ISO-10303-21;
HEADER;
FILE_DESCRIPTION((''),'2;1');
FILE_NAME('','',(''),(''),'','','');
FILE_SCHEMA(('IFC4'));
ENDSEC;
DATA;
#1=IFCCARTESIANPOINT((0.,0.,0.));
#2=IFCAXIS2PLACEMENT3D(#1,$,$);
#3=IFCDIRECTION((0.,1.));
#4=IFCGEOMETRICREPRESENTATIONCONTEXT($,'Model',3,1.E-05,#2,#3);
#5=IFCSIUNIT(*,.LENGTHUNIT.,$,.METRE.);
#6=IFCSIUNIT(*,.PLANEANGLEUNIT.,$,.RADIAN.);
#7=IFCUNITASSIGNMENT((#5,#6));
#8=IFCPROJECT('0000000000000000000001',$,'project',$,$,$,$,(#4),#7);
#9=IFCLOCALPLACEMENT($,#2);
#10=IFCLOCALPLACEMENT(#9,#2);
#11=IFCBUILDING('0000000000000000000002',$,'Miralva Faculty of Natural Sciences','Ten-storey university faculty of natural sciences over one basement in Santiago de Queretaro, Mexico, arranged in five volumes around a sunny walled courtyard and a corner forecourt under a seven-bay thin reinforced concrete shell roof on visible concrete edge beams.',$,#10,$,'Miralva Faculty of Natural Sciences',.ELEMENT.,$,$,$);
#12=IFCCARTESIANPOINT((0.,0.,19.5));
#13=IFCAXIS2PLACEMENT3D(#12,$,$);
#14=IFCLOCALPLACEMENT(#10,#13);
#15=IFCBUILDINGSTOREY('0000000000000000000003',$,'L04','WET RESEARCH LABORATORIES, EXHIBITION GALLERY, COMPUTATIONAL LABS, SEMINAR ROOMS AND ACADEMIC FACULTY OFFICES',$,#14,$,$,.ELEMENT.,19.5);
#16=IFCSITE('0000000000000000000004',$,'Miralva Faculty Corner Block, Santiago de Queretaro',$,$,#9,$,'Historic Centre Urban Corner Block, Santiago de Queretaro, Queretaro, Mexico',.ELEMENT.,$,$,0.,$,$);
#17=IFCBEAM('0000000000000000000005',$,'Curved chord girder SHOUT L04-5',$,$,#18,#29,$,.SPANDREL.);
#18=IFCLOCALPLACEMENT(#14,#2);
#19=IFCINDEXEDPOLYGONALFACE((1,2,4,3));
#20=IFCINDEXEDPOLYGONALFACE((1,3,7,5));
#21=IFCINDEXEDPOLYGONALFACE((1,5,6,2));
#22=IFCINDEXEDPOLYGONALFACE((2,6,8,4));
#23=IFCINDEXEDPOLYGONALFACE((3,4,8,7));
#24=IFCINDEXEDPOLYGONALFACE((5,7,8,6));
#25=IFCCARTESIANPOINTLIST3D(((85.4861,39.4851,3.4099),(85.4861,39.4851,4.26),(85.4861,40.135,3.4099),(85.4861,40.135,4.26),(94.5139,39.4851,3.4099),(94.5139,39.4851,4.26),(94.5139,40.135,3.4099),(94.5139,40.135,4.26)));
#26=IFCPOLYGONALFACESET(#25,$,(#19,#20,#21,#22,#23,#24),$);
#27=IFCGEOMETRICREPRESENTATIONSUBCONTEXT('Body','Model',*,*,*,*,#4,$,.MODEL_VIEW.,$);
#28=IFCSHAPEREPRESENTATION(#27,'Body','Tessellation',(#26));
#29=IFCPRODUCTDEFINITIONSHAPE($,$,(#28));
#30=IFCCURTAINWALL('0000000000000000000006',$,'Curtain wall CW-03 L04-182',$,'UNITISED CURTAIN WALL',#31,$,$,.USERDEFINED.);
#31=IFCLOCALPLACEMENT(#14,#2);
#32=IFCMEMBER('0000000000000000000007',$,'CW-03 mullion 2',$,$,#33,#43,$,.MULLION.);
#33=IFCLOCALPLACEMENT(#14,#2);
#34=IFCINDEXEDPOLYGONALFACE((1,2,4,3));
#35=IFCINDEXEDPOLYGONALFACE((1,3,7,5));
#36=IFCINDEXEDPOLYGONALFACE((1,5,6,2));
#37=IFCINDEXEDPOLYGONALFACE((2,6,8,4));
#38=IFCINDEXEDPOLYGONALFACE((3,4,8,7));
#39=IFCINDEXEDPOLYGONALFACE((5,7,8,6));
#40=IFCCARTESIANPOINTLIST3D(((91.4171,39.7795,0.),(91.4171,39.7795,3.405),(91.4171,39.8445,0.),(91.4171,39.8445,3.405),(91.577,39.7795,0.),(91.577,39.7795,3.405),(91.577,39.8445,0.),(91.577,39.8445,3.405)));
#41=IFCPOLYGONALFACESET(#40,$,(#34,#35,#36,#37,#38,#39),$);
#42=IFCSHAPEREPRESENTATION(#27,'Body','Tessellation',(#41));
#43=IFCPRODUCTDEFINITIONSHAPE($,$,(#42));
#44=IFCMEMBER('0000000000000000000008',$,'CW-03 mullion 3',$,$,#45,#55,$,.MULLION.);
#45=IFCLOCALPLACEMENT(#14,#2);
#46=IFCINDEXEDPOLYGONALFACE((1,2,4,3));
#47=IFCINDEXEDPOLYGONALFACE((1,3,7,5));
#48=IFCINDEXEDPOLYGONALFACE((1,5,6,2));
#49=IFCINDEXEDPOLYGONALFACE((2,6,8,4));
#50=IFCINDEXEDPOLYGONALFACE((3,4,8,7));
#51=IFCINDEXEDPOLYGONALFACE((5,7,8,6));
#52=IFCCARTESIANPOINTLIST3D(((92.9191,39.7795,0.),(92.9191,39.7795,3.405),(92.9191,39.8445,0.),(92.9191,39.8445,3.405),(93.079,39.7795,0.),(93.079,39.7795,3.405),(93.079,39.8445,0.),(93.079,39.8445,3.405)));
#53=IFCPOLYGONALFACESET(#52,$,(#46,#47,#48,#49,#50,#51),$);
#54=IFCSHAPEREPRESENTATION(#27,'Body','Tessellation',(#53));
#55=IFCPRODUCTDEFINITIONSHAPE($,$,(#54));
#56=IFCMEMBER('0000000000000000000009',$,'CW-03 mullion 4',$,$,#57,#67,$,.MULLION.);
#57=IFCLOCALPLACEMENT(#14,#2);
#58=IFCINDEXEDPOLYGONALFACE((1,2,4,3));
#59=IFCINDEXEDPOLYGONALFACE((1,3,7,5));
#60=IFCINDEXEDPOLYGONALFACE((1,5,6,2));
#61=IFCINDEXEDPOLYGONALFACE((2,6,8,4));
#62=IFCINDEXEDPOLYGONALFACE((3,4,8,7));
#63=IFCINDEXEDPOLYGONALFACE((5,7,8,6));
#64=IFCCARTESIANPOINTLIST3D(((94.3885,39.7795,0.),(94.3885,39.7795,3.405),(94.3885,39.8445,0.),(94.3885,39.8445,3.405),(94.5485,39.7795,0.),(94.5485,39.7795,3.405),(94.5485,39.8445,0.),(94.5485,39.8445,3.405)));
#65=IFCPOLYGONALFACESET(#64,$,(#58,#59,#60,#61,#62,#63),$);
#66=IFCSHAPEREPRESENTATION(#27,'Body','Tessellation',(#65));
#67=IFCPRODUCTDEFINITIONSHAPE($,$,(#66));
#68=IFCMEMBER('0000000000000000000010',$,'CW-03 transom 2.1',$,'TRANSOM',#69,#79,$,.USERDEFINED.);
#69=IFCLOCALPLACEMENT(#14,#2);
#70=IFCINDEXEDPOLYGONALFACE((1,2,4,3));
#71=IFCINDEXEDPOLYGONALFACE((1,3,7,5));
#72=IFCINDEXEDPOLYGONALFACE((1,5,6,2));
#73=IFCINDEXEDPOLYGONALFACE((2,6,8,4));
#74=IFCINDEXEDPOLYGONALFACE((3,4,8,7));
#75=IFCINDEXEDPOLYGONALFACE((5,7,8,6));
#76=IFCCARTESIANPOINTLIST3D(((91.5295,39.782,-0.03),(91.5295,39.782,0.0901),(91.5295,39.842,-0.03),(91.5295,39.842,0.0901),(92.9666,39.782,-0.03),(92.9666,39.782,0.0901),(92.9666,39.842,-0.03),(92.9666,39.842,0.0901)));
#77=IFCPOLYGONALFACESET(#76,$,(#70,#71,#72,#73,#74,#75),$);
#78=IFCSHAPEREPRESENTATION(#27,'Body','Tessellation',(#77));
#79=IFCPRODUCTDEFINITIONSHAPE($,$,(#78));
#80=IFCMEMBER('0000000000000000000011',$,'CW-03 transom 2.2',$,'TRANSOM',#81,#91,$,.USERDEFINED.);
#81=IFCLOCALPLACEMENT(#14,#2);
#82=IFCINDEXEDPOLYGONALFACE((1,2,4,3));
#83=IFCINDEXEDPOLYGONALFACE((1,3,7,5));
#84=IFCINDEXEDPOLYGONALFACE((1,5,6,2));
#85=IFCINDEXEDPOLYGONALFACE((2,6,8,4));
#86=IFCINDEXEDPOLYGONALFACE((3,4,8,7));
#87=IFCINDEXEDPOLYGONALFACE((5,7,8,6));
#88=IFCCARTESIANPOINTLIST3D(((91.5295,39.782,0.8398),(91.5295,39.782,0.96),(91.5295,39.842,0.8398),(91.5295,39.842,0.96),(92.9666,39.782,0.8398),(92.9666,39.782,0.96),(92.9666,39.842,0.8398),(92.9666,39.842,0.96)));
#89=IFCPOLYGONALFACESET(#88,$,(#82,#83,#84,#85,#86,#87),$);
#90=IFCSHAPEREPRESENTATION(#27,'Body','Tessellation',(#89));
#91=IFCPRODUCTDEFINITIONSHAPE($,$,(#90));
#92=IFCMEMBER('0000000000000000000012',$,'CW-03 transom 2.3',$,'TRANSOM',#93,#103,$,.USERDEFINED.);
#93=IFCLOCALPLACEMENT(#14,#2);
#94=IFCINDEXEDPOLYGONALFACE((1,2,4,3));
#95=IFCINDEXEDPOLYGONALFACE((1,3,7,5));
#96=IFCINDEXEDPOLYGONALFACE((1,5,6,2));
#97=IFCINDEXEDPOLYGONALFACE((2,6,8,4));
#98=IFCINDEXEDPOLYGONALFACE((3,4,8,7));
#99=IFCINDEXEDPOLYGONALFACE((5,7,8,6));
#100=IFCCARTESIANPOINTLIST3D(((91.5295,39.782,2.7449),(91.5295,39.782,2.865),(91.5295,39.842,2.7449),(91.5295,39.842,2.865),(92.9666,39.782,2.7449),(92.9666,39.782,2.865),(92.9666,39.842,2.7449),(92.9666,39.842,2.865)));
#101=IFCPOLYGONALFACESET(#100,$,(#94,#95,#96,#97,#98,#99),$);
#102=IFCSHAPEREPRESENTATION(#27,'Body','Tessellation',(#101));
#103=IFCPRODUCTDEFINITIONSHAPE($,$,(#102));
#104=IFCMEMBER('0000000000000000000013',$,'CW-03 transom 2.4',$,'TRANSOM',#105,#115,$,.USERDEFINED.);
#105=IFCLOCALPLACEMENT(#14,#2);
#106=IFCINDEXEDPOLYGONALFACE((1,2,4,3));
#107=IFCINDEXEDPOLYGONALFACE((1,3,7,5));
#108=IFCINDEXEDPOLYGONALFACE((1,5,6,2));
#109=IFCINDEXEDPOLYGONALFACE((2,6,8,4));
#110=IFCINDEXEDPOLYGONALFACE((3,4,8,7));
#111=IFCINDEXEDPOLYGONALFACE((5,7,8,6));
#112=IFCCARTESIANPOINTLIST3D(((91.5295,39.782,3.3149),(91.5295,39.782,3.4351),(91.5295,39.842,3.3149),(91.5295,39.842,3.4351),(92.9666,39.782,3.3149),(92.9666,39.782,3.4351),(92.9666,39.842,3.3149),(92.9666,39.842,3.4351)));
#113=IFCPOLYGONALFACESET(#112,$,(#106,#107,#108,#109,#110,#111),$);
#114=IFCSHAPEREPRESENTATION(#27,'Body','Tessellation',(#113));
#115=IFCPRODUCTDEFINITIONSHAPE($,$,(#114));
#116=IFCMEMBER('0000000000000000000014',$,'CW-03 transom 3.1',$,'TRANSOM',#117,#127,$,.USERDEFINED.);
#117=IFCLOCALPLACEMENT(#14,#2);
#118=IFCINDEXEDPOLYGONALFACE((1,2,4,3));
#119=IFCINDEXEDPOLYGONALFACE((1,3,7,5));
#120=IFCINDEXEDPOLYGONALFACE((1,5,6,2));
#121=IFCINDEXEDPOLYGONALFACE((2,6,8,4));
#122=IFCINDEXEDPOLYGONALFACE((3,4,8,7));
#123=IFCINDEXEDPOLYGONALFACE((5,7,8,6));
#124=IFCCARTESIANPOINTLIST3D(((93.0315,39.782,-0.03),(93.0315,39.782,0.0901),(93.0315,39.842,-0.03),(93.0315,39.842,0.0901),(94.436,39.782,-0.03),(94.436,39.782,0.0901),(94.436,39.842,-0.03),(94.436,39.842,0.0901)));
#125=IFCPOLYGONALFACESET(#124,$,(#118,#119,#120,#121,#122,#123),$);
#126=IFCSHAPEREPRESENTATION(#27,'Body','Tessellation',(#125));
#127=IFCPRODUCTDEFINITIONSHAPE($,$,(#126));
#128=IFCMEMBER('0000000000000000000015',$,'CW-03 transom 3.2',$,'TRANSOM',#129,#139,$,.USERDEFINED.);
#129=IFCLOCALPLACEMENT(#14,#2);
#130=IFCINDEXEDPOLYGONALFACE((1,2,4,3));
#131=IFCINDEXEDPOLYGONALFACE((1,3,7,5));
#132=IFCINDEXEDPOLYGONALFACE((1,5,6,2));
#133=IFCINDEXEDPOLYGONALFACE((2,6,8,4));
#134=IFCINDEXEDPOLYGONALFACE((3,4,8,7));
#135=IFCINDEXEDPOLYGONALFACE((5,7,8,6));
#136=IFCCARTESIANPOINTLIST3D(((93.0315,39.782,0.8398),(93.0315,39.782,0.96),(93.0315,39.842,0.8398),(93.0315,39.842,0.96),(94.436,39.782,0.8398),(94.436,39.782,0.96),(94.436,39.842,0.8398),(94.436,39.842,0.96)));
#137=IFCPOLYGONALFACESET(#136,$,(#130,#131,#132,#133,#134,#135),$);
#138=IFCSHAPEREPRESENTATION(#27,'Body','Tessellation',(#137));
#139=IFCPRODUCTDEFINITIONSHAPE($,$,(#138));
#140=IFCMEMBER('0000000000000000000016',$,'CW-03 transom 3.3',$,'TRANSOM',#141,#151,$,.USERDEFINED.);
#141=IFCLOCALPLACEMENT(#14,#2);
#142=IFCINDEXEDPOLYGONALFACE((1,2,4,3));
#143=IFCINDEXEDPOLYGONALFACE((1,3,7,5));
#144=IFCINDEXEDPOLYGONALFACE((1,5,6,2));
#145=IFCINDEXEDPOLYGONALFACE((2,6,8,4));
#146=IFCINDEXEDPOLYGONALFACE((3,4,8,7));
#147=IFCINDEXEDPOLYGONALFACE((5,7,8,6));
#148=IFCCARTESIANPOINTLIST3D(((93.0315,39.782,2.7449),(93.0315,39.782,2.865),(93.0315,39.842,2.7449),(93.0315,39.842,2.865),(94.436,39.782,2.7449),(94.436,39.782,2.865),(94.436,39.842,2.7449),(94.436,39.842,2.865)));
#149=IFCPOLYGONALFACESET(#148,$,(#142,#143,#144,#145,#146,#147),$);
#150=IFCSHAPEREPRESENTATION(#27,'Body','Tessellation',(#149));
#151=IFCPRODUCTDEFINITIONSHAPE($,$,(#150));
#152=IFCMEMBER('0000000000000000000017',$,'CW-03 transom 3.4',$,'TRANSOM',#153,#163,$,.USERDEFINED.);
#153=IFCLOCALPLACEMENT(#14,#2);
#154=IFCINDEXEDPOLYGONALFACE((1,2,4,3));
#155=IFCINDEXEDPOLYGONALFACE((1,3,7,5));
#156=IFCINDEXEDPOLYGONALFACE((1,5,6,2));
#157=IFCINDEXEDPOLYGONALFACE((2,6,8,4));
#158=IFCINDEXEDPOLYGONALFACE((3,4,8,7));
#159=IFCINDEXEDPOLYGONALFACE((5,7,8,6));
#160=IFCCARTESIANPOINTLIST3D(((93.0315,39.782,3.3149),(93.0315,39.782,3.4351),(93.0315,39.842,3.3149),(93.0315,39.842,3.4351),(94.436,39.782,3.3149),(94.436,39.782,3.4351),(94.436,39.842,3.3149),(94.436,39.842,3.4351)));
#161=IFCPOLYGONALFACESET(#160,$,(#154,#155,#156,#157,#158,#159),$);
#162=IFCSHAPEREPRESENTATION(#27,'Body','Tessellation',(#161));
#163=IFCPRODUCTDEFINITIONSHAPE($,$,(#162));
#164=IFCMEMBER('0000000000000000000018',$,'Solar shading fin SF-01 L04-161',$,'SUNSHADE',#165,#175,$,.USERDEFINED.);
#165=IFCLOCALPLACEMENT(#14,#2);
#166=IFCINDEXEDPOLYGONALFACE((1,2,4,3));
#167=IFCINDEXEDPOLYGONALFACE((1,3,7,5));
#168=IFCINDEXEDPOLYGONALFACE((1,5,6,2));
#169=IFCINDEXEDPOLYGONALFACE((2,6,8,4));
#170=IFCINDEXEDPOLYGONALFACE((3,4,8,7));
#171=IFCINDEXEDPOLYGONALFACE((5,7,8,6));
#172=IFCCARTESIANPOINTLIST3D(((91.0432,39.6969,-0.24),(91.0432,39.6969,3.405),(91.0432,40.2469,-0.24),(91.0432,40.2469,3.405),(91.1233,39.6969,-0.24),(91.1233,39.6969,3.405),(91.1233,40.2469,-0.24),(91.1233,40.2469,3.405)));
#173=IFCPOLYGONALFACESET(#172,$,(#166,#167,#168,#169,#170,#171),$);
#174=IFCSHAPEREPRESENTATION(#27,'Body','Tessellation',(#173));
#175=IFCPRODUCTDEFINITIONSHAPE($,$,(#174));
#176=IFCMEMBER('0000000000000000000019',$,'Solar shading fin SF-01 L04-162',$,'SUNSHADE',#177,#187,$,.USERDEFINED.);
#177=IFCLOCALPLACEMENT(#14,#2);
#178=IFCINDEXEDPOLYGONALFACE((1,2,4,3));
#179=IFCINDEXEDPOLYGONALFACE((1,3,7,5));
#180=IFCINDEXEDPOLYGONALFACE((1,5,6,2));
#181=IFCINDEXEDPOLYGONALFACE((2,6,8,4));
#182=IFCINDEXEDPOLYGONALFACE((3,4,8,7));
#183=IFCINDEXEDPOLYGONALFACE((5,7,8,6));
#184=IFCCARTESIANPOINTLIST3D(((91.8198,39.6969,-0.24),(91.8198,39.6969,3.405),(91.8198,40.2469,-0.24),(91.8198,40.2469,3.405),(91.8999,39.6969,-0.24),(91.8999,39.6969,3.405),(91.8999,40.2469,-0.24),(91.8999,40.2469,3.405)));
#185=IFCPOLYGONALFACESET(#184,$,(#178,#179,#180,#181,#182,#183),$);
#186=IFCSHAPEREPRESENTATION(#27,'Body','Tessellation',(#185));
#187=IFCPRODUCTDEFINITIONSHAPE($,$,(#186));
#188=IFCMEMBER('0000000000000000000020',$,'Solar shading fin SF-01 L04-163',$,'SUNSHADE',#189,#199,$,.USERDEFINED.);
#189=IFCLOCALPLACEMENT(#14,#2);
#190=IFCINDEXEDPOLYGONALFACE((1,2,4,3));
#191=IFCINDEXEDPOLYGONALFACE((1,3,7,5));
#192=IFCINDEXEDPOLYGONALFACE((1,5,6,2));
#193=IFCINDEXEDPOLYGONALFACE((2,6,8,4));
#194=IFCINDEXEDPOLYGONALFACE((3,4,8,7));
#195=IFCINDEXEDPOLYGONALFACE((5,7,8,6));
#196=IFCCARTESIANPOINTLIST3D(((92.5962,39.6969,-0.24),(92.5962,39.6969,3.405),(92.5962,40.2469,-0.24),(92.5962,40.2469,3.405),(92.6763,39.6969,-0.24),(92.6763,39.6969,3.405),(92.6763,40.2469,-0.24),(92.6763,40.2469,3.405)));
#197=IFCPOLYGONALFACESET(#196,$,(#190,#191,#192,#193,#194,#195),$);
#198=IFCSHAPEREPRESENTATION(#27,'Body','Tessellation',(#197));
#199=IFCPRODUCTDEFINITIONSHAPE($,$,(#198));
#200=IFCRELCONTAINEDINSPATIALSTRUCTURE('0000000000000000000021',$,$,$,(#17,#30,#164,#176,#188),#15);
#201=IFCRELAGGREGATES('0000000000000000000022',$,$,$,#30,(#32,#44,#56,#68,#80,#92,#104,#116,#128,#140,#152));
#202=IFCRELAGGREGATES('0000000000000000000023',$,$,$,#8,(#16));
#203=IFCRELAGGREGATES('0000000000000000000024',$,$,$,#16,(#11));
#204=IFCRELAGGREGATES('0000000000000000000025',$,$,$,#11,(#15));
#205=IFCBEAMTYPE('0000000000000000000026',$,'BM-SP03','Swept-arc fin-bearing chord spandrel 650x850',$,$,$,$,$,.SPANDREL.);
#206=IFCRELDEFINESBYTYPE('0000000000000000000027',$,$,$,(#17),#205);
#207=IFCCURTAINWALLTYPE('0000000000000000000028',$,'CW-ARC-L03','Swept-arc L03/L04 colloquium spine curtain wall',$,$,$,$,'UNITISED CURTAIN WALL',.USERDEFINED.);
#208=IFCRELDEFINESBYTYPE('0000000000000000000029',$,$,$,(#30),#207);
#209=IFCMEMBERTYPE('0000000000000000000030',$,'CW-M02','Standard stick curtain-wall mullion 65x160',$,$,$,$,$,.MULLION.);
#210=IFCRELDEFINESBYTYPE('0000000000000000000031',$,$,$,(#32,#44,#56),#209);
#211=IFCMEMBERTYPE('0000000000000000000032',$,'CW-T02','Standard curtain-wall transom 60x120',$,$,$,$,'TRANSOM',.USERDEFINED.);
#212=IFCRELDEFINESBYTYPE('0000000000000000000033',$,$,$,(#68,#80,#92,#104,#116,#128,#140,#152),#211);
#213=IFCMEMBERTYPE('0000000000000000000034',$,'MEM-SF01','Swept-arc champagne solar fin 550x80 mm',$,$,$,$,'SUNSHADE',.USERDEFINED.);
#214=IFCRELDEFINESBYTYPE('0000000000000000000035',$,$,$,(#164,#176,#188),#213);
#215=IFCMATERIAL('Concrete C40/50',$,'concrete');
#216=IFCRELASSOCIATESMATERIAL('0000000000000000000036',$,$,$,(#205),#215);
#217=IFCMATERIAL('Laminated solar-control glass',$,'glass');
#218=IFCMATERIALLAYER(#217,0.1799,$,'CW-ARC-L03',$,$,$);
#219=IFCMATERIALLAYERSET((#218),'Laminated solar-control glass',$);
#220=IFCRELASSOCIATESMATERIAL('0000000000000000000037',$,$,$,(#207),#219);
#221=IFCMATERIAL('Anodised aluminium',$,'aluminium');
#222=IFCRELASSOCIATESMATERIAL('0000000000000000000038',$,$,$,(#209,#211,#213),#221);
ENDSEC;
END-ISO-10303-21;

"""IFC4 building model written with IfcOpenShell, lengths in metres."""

from ifc_helpers import new_model, si_unit, direction, frame, origin, origin_2d, place, context, subcontext, project, spatial, rectangle, extrude, material, layer, layer_set, material_profile, profile_set, type_object, element, aggregate, save


model = new_model("IFC4")

# Units and contexts
model_context = context("Model", 3, precision=1e-05, world=origin(), true_north=direction((0.0, 1.0)))
body_context = subcontext(model_context, "Body", "Model", "MODEL_VIEW")
ifc_project = project(units=[si_unit("LENGTHUNIT", "METRE"), si_unit("PLANEANGLEUNIT", "RADIAN")], contexts=[model_context])

# Site, building, storey
site_placement = place(None, origin())
site = spatial("IfcSite", under=ifc_project, at=site_placement, Name="Miralva Faculty Corner Block, Santiago de Queretaro", LongName="Historic Centre Urban Corner Block, Santiago de Queretaro, Queretaro, Mexico", CompositionType="ELEMENT", RefElevation=0.0)
building_placement = place(site_placement, origin())
building = spatial("IfcBuilding", under=site, at=building_placement, Name="Miralva Faculty of Natural Sciences", Description="Ten-storey university faculty of natural sciences over one basement in Santiago de Queretaro, Mexico, arranged in five volumes around a sunny walled courtyard and a corner forecourt under a seven-bay thin reinforced concrete shell roof on visible concrete edge beams.", LongName="Miralva Faculty of Natural Sciences", CompositionType="ELEMENT")
storey_placement = place(building_placement, frame((0.0, 0.0, 19.5)))
storey = spatial("IfcBuildingStorey", under=building, at=storey_placement, Name="L04", Description="WET RESEARCH LABORATORIES, EXHIBITION GALLERY, COMPUTATIONAL LABS, SEMINAR ROOMS AND ACADEMIC FACULTY OFFICES", CompositionType="ELEMENT", Elevation=19.5)

# Beam
ifc_material_1 = material(Name="Concrete C40/50", Category="concrete")
ifc_material_profile_1 = material_profile(ifc_material_1, rectangle(XDim=0.6499, YDim=0.8501, at=origin_2d()), Name="RC 650x850")
ifc_profile_set_1 = profile_set([ifc_material_profile_1], Name="Concrete C40/50")
beam_type = type_object("IfcBeamType", Name="BM-SP03", Description="Swept-arc fin-bearing chord spandrel 650x850", PredefinedType="SPANDREL", material=ifc_profile_set_1)
beam_placement = place(storey_placement, frame((94.5139, 39.8101, 3.835), z_axis=(-1.0, 0.0, 0.0), x_axis=(0.0, -1.0, 0.0)))
element("IfcBeam", 1, at=beam_placement, inside=storey, type_object=beam_type, Name="Curved chord girder SHOUT L04-5", PredefinedType="SPANDREL", context=body_context, shape_type="SweptSolid", body=[
    extrude(rectangle(XDim=0.6499, YDim=0.8501, at=origin_2d()), origin(), (0.0, 0.0, 1.0), 9.0278),
])

# Curtain wall, members
ifc_material_2 = material(Name="Laminated solar-control glass", Category="glass")
ifc_layer_1 = layer(ifc_material_2, 0.1799, Name="CW-ARC-L03")
ifc_layer_set_1 = layer_set([ifc_layer_1], Name="Laminated solar-control glass")
curtain_wall_type = type_object("IfcCurtainWallType", Name="CW-ARC-L03", Description="Swept-arc L03/L04 colloquium spine curtain wall", ElementType="UNITISED CURTAIN WALL", PredefinedType="USERDEFINED", material=ifc_layer_set_1)
curtain_wall_placement = place(storey_placement, origin())
curtain_wall = element("IfcCurtainWall", 2, at=curtain_wall_placement, inside=storey, type_object=curtain_wall_type, Name="Curtain wall CW-03 L04-182", ObjectType="UNITISED CURTAIN WALL", PredefinedType="USERDEFINED")
ifc_material_3 = material(Name="Anodised aluminium", Category="aluminium")
ifc_material_profile_2 = material_profile(ifc_material_3, rectangle(XDim=0.0649, YDim=0.1599, at=origin_2d()), Name="MULLION 65x160")
ifc_profile_set_2 = profile_set([ifc_material_profile_2], Name="Anodised aluminium")
member_type_1 = type_object("IfcMemberType", Name="CW-M02", Description="Standard stick curtain-wall mullion 65x160", PredefinedType="MULLION", material=ifc_profile_set_2)
member_1_placement = place(storey_placement, frame((91.4971, 39.812, 0.0), z_axis=(0.0, 0.0, 1.0), x_axis=(0.0, 1.0, 0.0)))
member_1 = element("IfcMember", 3, at=member_1_placement, type_object=member_type_1, Name="CW-03 mullion 2", PredefinedType="MULLION", context=body_context, shape_type="SweptSolid", body=[
    extrude(rectangle(XDim=0.0649, YDim=0.1599, at=origin_2d()), origin(), (0.0, 0.0, 1.0), 3.405),
])
member_2_placement = place(storey_placement, frame((92.999, 39.812, 0.0), z_axis=(0.0, 0.0, 1.0), x_axis=(0.0, 1.0, 0.0)))
member_2 = element("IfcMember", 4, at=member_2_placement, type_object=member_type_1, Name="CW-03 mullion 3", PredefinedType="MULLION", context=body_context, shape_type="SweptSolid", body=[
    extrude(rectangle(XDim=0.0649, YDim=0.1599, at=origin_2d()), origin(), (0.0, 0.0, 1.0), 3.405),
])
member_3_placement = place(storey_placement, frame((94.4685, 39.812, 0.0), z_axis=(0.0, 0.0, 1.0), x_axis=(0.0, 1.0, 0.0)))
member_3 = element("IfcMember", 5, at=member_3_placement, type_object=member_type_1, Name="CW-03 mullion 4", PredefinedType="MULLION", context=body_context, shape_type="SweptSolid", body=[
    extrude(rectangle(XDim=0.0649, YDim=0.1599, at=origin_2d()), origin(), (0.0, 0.0, 1.0), 3.405),
])
ifc_material_profile_3 = material_profile(ifc_material_3, rectangle(XDim=0.0601, YDim=0.1201, at=origin_2d()), Name="TRANSOM 60x120")
ifc_profile_set_3 = profile_set([ifc_material_profile_3], Name="Anodised aluminium")
member_type_2 = type_object("IfcMemberType", Name="CW-T02", Description="Standard curtain-wall transom 60x120", ElementType="TRANSOM", PredefinedType="USERDEFINED", material=ifc_profile_set_3)
member_4_placement = place(storey_placement, frame((91.5295, 39.812, 0.03), z_axis=(1.0, 0.0, 0.0), x_axis=(0.0, 1.0, 0.0)))
member_4 = element("IfcMember", 6, at=member_4_placement, type_object=member_type_2, Name="CW-03 transom 2.1", ObjectType="TRANSOM", PredefinedType="USERDEFINED", context=body_context, shape_type="SweptSolid", body=[
    extrude(rectangle(XDim=0.0601, YDim=0.1201, at=origin_2d()), origin(), (0.0, 0.0, 1.0), 1.437),
])
member_5_placement = place(storey_placement, frame((91.5295, 39.812, 0.8999), z_axis=(1.0, 0.0, 0.0), x_axis=(0.0, 1.0, 0.0)))
member_5 = element("IfcMember", 7, at=member_5_placement, type_object=member_type_2, Name="CW-03 transom 2.2", ObjectType="TRANSOM", PredefinedType="USERDEFINED", context=body_context, shape_type="SweptSolid", body=[
    extrude(rectangle(XDim=0.0601, YDim=0.1201, at=origin_2d()), origin(), (0.0, 0.0, 1.0), 1.437),
])
member_6_placement = place(storey_placement, frame((91.5295, 39.812, 2.8049), z_axis=(1.0, 0.0, 0.0), x_axis=(0.0, 1.0, 0.0)))
member_6 = element("IfcMember", 8, at=member_6_placement, type_object=member_type_2, Name="CW-03 transom 2.3", ObjectType="TRANSOM", PredefinedType="USERDEFINED", context=body_context, shape_type="SweptSolid", body=[
    extrude(rectangle(XDim=0.0601, YDim=0.1201, at=origin_2d()), origin(), (0.0, 0.0, 1.0), 1.437),
])
member_7_placement = place(storey_placement, frame((91.5295, 39.812, 3.375), z_axis=(1.0, 0.0, 0.0), x_axis=(0.0, 1.0, 0.0)))
member_7 = element("IfcMember", 9, at=member_7_placement, type_object=member_type_2, Name="CW-03 transom 2.4", ObjectType="TRANSOM", PredefinedType="USERDEFINED", context=body_context, shape_type="SweptSolid", body=[
    extrude(rectangle(XDim=0.0601, YDim=0.1201, at=origin_2d()), origin(), (0.0, 0.0, 1.0), 1.437),
])
member_8_placement = place(storey_placement, frame((93.0315, 39.812, 0.03), z_axis=(1.0, 0.0, 0.0), x_axis=(0.0, 1.0, 0.0)))
member_8 = element("IfcMember", 10, at=member_8_placement, type_object=member_type_2, Name="CW-03 transom 3.1", ObjectType="TRANSOM", PredefinedType="USERDEFINED", context=body_context, shape_type="SweptSolid", body=[
    extrude(rectangle(XDim=0.0601, YDim=0.1201, at=origin_2d()), origin(), (0.0, 0.0, 1.0), 1.4045),
])
member_9_placement = place(storey_placement, frame((93.0315, 39.812, 0.8999), z_axis=(1.0, 0.0, 0.0), x_axis=(0.0, 1.0, 0.0)))
member_9 = element("IfcMember", 11, at=member_9_placement, type_object=member_type_2, Name="CW-03 transom 3.2", ObjectType="TRANSOM", PredefinedType="USERDEFINED", context=body_context, shape_type="SweptSolid", body=[
    extrude(rectangle(XDim=0.0601, YDim=0.1201, at=origin_2d()), origin(), (0.0, 0.0, 1.0), 1.4045),
])
member_10_placement = place(storey_placement, frame((93.0315, 39.812, 2.8049), z_axis=(1.0, 0.0, 0.0), x_axis=(0.0, 1.0, 0.0)))
member_10 = element("IfcMember", 12, at=member_10_placement, type_object=member_type_2, Name="CW-03 transom 3.3", ObjectType="TRANSOM", PredefinedType="USERDEFINED", context=body_context, shape_type="SweptSolid", body=[
    extrude(rectangle(XDim=0.0601, YDim=0.1201, at=origin_2d()), origin(), (0.0, 0.0, 1.0), 1.4045),
])
member_11_placement = place(storey_placement, frame((93.0315, 39.812, 3.375), z_axis=(1.0, 0.0, 0.0), x_axis=(0.0, 1.0, 0.0)))
member_11 = element("IfcMember", 13, at=member_11_placement, type_object=member_type_2, Name="CW-03 transom 3.4", ObjectType="TRANSOM", PredefinedType="USERDEFINED", context=body_context, shape_type="SweptSolid", body=[
    extrude(rectangle(XDim=0.0601, YDim=0.1201, at=origin_2d()), origin(), (0.0, 0.0, 1.0), 1.4045),
])

# Members
ifc_material_profile_4 = material_profile(ifc_material_3, rectangle(XDim=0.0801, YDim=0.55, at=origin_2d()), Name="FIN 550x80")
ifc_profile_set_4 = profile_set([ifc_material_profile_4], Name="Anodised aluminium")
member_type_3 = type_object("IfcMemberType", Name="MEM-SF01", Description="Swept-arc champagne solar fin 550x80 mm", ElementType="SUNSHADE", PredefinedType="USERDEFINED", material=ifc_profile_set_4)
for number, where, z_axis, x_axis, name in (
    (14, (91.0833, 39.9719, -0.24), (0.0, 0.0, 1.0), (-1.0, 0.0, 0.0), "Solar shading fin SF-01 L04-161"),
    (15, (91.8599, 39.9719, -0.24), (0.0, 0.0, 1.0), (-1.0, 0.0, 0.0), "Solar shading fin SF-01 L04-162"),
    (16, (92.6362, 39.9719, -0.24), (0.0, 0.0, 1.0), (-1.0, 0.0, 0.0), "Solar shading fin SF-01 L04-163"),
):
    element("IfcMember", number, at=place(storey_placement, frame(where, z_axis=z_axis, x_axis=x_axis)), inside=storey, type_object=member_type_3, Name=name, ObjectType="SUNSHADE", PredefinedType="USERDEFINED", context=body_context, shape_type="SweptSolid", body=[
        extrude(rectangle(XDim=0.0801, YDim=0.55, at=origin_2d()), origin(), (0.0, 0.0, 1.0), 3.645),
    ])

aggregate(curtain_wall, [member_1, member_2, member_3, member_4, member_5, member_6, member_7, member_8, member_9, member_10, member_11])

save(model, "model.ifc")
